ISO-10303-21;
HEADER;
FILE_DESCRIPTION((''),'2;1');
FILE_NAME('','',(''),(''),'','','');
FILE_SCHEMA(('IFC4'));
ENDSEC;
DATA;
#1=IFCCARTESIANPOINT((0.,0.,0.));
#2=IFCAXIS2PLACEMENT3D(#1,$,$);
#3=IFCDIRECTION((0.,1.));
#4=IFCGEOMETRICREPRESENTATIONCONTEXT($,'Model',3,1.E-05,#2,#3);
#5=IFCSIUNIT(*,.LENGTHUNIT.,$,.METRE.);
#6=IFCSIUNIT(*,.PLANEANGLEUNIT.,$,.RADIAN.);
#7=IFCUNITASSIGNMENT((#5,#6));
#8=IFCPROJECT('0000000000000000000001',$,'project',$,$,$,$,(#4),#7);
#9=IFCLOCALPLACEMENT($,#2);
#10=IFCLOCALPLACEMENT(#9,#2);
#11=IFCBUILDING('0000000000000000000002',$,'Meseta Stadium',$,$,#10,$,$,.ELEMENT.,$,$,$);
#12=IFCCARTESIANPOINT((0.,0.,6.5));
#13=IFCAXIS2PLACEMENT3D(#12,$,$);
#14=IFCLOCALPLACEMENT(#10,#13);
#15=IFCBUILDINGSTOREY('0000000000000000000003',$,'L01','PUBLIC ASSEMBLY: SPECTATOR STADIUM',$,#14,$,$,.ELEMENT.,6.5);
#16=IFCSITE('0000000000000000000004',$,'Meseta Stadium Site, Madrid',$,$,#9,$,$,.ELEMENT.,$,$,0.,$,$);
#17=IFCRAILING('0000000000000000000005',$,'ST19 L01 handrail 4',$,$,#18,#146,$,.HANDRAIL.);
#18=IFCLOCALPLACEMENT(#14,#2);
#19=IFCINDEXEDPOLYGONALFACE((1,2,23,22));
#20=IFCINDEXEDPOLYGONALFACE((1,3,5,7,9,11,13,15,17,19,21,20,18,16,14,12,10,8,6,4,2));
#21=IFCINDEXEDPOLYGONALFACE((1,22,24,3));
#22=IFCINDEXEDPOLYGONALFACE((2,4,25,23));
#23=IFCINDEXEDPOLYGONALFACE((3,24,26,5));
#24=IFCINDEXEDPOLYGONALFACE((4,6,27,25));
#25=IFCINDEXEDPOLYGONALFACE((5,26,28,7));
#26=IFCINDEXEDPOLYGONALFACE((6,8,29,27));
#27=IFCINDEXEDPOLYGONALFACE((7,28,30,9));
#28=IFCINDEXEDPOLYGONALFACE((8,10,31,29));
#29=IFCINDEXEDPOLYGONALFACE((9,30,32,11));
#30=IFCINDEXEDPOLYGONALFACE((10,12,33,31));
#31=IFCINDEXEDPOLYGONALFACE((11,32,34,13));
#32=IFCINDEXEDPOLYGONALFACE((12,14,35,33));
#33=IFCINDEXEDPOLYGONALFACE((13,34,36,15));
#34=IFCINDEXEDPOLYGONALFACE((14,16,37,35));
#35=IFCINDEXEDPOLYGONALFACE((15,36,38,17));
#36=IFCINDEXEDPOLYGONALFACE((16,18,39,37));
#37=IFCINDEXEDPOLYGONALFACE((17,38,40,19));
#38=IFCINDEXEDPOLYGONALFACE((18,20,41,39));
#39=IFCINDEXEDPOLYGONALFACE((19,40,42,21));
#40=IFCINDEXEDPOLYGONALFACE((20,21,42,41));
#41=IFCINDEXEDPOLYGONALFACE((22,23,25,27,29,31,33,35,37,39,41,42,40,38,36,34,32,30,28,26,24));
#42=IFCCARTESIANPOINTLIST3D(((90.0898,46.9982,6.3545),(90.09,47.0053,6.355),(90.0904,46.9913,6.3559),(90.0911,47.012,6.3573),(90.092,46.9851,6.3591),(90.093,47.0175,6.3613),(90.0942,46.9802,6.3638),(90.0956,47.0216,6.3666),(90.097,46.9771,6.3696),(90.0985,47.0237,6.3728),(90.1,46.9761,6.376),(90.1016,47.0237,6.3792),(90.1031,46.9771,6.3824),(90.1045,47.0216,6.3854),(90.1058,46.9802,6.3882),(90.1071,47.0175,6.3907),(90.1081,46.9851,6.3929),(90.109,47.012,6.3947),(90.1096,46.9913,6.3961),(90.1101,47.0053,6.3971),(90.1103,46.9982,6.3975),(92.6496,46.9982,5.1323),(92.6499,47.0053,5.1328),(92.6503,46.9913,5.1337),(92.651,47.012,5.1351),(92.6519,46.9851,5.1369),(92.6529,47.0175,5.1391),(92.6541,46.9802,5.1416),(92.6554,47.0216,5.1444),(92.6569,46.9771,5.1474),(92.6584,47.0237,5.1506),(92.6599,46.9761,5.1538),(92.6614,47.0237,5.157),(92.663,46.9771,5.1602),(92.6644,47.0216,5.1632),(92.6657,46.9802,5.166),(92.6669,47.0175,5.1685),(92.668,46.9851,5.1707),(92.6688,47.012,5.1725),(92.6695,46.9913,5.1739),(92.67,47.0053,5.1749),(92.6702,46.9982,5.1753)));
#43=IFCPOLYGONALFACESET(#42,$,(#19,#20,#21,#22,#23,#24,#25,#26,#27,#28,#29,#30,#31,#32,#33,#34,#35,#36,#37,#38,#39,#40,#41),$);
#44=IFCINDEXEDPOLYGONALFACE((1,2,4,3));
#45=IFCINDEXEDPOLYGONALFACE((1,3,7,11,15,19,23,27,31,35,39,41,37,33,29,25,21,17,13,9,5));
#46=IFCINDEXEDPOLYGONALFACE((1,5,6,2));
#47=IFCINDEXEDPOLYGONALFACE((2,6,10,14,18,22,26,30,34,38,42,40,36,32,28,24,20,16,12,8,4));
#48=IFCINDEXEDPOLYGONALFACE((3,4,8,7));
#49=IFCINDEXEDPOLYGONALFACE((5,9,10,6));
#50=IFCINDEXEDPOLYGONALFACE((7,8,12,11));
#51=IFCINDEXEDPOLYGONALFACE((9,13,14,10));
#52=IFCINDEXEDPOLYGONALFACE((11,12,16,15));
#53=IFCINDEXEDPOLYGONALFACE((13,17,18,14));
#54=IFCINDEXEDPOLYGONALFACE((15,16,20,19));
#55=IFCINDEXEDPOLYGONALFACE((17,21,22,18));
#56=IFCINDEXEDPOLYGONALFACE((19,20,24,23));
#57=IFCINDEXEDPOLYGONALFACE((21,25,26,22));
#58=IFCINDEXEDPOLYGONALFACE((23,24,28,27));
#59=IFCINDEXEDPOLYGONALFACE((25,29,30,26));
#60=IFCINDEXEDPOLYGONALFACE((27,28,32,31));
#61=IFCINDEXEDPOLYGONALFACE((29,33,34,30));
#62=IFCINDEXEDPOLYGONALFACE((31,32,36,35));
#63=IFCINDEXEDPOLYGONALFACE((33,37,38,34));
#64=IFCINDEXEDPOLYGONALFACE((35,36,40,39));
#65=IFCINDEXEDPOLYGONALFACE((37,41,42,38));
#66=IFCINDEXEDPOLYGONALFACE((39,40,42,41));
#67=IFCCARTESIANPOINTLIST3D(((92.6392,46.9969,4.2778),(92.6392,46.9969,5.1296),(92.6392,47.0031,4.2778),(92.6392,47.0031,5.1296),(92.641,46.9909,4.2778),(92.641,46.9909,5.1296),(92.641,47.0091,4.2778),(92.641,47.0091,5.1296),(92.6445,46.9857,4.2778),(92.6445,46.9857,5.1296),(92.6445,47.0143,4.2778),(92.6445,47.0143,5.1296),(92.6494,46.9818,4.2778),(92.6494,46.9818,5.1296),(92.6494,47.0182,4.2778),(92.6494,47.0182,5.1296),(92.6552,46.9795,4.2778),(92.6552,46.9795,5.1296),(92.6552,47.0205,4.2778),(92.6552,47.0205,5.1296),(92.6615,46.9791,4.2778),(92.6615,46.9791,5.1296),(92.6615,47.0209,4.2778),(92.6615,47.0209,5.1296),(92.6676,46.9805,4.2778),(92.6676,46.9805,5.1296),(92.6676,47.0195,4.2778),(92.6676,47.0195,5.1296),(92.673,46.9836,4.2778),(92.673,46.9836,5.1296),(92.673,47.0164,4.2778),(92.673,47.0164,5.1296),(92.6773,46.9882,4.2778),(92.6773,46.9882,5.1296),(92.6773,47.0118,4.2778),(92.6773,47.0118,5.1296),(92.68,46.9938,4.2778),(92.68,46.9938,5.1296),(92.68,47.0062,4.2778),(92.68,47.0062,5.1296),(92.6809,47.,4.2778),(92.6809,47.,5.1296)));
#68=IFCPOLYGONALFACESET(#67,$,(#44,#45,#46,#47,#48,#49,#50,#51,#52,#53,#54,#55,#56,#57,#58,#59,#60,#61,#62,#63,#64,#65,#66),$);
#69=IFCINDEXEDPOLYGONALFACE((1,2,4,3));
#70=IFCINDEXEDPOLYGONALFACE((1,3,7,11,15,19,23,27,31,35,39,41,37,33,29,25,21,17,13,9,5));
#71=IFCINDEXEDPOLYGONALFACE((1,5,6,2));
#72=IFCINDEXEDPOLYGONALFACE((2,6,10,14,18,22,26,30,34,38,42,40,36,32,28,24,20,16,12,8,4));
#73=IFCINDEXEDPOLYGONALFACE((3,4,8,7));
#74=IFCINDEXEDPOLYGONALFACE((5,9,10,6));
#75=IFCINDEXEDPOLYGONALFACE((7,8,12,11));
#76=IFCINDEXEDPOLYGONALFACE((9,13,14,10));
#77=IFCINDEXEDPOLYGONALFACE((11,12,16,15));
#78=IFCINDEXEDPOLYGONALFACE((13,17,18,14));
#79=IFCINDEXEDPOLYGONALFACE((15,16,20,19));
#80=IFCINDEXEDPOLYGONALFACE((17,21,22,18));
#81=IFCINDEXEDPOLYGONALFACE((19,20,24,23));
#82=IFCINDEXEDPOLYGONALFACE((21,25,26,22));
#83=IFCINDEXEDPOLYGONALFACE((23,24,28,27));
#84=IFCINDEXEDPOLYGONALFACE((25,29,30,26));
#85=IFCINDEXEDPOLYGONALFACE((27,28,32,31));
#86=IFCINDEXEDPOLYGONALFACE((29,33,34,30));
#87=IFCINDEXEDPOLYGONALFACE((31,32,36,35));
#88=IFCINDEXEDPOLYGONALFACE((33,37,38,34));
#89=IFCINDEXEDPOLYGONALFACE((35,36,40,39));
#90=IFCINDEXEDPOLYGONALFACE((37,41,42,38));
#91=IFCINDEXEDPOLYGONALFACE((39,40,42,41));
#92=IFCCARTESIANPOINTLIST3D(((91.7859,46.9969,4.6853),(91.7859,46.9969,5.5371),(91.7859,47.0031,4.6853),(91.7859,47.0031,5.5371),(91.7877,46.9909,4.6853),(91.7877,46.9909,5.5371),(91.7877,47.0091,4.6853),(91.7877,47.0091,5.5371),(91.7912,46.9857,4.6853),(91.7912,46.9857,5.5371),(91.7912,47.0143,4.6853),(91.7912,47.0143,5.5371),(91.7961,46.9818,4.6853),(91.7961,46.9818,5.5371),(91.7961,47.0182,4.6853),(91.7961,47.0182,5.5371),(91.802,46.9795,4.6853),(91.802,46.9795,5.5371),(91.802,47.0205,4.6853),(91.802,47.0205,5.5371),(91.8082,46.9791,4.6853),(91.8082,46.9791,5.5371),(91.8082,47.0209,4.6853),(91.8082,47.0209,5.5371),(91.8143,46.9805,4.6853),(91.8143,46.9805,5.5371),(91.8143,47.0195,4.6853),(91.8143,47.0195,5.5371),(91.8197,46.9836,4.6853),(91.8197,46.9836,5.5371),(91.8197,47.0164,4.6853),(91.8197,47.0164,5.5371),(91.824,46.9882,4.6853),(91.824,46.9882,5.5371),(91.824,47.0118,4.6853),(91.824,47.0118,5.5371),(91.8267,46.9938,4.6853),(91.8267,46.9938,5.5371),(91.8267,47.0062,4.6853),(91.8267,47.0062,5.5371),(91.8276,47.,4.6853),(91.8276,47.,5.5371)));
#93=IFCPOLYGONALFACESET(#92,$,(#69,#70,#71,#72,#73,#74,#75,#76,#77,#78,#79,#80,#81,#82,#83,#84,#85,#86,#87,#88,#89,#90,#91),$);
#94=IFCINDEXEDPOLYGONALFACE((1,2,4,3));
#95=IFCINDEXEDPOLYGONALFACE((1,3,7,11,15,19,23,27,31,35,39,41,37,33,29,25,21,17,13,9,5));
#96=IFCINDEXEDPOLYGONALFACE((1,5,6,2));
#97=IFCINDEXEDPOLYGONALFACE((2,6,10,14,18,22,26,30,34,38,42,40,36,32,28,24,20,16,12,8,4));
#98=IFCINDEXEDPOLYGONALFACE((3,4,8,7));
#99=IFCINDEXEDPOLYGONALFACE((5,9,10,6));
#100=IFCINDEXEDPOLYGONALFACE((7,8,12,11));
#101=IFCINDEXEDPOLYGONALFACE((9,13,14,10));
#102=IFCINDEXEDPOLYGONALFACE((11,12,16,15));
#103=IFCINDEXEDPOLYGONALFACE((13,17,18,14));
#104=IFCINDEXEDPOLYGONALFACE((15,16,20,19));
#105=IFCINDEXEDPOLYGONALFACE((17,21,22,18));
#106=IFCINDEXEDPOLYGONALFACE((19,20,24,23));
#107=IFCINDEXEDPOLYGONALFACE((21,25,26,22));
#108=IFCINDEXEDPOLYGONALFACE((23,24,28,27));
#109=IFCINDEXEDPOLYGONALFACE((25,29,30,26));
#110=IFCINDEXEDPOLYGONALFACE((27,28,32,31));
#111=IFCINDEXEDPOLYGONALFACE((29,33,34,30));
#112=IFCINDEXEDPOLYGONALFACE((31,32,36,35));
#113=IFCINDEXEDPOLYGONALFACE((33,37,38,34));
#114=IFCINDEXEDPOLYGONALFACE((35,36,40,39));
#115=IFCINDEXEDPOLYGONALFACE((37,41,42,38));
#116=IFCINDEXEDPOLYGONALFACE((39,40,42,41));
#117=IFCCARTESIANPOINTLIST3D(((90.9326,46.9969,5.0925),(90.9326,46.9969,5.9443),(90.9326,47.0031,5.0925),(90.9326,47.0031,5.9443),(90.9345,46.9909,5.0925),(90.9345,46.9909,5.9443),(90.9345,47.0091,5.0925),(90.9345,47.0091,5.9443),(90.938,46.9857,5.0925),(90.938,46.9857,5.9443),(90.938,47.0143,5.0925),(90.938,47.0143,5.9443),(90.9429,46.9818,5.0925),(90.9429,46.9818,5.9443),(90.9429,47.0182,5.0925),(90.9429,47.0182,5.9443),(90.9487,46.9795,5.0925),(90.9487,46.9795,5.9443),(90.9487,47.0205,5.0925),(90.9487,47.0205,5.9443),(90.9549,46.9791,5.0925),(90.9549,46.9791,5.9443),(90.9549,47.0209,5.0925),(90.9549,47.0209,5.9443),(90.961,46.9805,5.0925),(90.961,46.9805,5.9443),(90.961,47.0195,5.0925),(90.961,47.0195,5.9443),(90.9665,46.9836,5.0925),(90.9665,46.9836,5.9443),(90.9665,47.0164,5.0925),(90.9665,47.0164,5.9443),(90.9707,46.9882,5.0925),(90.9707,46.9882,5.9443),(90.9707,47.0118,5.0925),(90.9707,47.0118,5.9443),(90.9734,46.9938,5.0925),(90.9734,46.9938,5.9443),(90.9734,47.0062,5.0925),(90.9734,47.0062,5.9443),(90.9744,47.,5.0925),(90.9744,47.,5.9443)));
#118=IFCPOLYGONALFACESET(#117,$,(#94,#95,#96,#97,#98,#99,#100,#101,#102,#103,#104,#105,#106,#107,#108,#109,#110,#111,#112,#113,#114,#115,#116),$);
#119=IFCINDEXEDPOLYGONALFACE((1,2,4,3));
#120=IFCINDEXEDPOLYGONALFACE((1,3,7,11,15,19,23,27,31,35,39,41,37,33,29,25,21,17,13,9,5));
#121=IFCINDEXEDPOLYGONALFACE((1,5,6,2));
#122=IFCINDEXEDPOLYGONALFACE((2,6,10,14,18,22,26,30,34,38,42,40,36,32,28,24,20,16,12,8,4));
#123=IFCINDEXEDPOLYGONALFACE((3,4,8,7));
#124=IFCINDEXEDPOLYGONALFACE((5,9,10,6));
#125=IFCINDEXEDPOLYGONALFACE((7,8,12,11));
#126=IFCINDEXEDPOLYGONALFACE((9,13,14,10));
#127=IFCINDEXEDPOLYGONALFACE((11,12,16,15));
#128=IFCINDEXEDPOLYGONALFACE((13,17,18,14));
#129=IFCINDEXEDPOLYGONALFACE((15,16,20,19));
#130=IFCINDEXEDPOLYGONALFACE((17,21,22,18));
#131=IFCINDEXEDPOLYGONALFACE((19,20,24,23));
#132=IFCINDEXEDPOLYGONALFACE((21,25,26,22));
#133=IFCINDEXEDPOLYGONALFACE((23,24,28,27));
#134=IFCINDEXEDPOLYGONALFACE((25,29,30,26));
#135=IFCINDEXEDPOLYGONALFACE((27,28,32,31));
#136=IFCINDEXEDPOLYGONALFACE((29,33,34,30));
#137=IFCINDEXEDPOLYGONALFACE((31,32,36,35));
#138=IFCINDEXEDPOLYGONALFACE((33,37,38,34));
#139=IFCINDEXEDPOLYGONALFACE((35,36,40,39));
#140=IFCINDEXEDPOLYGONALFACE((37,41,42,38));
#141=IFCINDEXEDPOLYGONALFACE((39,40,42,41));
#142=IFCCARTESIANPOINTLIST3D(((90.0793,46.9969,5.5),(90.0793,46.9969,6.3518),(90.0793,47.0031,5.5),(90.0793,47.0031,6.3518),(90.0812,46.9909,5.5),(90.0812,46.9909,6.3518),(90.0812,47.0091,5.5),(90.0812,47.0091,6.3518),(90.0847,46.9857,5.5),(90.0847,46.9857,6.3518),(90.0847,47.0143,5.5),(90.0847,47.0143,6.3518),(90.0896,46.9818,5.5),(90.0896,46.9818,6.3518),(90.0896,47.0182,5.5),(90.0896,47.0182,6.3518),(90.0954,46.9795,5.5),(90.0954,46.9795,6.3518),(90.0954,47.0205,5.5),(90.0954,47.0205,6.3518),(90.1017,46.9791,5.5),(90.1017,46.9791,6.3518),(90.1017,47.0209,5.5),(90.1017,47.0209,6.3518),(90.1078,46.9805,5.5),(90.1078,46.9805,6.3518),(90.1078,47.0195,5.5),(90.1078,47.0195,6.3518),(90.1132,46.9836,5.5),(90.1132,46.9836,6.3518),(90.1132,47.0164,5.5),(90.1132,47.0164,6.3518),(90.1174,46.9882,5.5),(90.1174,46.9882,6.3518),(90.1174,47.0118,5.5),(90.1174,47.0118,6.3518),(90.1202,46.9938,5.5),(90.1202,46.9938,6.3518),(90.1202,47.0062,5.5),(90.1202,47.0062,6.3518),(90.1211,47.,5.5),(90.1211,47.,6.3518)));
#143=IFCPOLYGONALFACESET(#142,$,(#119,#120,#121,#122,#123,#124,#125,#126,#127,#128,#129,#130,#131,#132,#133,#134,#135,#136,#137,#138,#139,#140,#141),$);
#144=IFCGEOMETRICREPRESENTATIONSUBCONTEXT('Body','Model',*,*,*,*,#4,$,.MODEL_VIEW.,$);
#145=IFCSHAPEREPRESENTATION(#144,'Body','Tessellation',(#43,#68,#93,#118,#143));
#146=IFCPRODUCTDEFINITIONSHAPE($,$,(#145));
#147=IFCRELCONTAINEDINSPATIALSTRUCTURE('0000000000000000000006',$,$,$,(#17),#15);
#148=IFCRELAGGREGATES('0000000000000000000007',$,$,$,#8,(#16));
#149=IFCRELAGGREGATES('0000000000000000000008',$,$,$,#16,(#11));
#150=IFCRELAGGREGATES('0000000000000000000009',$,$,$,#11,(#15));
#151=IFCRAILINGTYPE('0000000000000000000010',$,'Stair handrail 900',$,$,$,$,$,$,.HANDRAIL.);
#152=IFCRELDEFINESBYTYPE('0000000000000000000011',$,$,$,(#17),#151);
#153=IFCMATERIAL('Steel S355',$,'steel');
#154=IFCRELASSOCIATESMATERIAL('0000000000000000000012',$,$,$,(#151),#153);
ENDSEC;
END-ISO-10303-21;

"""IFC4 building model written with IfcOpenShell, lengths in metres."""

from ifc_helpers import new_model, si_unit, direction, frame, origin, origin_2d, place, context, subcontext, project, spatial, circle, extrude, material, type_object, element, save


model = new_model("IFC4")

# Units and contexts
model_context = context("Model", 3, precision=1e-05, world=origin(), true_north=direction((0.0, 1.0)))
body_context = subcontext(model_context, "Body", "Model", "MODEL_VIEW")
ifc_project = project(units=[si_unit("LENGTHUNIT", "METRE"), si_unit("PLANEANGLEUNIT", "RADIAN")], contexts=[model_context])

# Site, building, storey
site_placement = place(None, origin())
site = spatial("IfcSite", under=ifc_project, at=site_placement, Name="Meseta Stadium Site, Madrid", CompositionType="ELEMENT", RefElevation=0.0)
building_placement = place(site_placement, origin())
building = spatial("IfcBuilding", under=site, at=building_placement, Name="Meseta Stadium", CompositionType="ELEMENT")
storey_placement = place(building_placement, frame((0.0, 0.0, 6.5)))
storey = spatial("IfcBuildingStorey", under=building, at=storey_placement, Name="L01", Description="PUBLIC ASSEMBLY: SPECTATOR STADIUM", CompositionType="ELEMENT", Elevation=6.5)

# Railing
ifc_material_1 = material(Name="Steel S355", Category="steel")
railing_type_1 = type_object("IfcRailingType", Name="Stair handrail 900", PredefinedType="HANDRAIL", material=ifc_material_1)
for number, where, name in (
    (1, (92.6599, 47.0, 4.2778), "ST19 L01 handrail 4"),
):
    element("IfcRailing", number, at=place(storey_placement, frame(where)), inside=storey, type_object=railing_type_1, Name=name, PredefinedType="HANDRAIL", context=body_context, shape_type="SweptSolid", body=[
        extrude(circle(Radius=0.0239, at=origin_2d()), frame((0.0, 0.0, 0.876), z_axis=(-0.902421, 0.0, 0.430855), x_axis=(0.0, -1.0, 0.0)), (0.0, 0.0, 1.0), 2.8367),
        extrude(circle(Radius=0.021, at=origin_2d()), origin(), (0.0, 0.0, 1.0), 0.8518),
        extrude(circle(Radius=0.021, at=origin_2d()), frame((-0.8533, 0.0, 0.4075)), (0.0, 0.0, 1.0), 0.8518),
        extrude(circle(Radius=0.021, at=origin_2d()), frame((-1.7065, 0.0, 0.8147)), (0.0, 0.0, 1.0), 0.8518),
        extrude(circle(Radius=0.021, at=origin_2d()), frame((-2.5598, 0.0, 1.2222)), (0.0, 0.0, 1.0), 0.8518),
    ])

save(model, "model.ifc")
